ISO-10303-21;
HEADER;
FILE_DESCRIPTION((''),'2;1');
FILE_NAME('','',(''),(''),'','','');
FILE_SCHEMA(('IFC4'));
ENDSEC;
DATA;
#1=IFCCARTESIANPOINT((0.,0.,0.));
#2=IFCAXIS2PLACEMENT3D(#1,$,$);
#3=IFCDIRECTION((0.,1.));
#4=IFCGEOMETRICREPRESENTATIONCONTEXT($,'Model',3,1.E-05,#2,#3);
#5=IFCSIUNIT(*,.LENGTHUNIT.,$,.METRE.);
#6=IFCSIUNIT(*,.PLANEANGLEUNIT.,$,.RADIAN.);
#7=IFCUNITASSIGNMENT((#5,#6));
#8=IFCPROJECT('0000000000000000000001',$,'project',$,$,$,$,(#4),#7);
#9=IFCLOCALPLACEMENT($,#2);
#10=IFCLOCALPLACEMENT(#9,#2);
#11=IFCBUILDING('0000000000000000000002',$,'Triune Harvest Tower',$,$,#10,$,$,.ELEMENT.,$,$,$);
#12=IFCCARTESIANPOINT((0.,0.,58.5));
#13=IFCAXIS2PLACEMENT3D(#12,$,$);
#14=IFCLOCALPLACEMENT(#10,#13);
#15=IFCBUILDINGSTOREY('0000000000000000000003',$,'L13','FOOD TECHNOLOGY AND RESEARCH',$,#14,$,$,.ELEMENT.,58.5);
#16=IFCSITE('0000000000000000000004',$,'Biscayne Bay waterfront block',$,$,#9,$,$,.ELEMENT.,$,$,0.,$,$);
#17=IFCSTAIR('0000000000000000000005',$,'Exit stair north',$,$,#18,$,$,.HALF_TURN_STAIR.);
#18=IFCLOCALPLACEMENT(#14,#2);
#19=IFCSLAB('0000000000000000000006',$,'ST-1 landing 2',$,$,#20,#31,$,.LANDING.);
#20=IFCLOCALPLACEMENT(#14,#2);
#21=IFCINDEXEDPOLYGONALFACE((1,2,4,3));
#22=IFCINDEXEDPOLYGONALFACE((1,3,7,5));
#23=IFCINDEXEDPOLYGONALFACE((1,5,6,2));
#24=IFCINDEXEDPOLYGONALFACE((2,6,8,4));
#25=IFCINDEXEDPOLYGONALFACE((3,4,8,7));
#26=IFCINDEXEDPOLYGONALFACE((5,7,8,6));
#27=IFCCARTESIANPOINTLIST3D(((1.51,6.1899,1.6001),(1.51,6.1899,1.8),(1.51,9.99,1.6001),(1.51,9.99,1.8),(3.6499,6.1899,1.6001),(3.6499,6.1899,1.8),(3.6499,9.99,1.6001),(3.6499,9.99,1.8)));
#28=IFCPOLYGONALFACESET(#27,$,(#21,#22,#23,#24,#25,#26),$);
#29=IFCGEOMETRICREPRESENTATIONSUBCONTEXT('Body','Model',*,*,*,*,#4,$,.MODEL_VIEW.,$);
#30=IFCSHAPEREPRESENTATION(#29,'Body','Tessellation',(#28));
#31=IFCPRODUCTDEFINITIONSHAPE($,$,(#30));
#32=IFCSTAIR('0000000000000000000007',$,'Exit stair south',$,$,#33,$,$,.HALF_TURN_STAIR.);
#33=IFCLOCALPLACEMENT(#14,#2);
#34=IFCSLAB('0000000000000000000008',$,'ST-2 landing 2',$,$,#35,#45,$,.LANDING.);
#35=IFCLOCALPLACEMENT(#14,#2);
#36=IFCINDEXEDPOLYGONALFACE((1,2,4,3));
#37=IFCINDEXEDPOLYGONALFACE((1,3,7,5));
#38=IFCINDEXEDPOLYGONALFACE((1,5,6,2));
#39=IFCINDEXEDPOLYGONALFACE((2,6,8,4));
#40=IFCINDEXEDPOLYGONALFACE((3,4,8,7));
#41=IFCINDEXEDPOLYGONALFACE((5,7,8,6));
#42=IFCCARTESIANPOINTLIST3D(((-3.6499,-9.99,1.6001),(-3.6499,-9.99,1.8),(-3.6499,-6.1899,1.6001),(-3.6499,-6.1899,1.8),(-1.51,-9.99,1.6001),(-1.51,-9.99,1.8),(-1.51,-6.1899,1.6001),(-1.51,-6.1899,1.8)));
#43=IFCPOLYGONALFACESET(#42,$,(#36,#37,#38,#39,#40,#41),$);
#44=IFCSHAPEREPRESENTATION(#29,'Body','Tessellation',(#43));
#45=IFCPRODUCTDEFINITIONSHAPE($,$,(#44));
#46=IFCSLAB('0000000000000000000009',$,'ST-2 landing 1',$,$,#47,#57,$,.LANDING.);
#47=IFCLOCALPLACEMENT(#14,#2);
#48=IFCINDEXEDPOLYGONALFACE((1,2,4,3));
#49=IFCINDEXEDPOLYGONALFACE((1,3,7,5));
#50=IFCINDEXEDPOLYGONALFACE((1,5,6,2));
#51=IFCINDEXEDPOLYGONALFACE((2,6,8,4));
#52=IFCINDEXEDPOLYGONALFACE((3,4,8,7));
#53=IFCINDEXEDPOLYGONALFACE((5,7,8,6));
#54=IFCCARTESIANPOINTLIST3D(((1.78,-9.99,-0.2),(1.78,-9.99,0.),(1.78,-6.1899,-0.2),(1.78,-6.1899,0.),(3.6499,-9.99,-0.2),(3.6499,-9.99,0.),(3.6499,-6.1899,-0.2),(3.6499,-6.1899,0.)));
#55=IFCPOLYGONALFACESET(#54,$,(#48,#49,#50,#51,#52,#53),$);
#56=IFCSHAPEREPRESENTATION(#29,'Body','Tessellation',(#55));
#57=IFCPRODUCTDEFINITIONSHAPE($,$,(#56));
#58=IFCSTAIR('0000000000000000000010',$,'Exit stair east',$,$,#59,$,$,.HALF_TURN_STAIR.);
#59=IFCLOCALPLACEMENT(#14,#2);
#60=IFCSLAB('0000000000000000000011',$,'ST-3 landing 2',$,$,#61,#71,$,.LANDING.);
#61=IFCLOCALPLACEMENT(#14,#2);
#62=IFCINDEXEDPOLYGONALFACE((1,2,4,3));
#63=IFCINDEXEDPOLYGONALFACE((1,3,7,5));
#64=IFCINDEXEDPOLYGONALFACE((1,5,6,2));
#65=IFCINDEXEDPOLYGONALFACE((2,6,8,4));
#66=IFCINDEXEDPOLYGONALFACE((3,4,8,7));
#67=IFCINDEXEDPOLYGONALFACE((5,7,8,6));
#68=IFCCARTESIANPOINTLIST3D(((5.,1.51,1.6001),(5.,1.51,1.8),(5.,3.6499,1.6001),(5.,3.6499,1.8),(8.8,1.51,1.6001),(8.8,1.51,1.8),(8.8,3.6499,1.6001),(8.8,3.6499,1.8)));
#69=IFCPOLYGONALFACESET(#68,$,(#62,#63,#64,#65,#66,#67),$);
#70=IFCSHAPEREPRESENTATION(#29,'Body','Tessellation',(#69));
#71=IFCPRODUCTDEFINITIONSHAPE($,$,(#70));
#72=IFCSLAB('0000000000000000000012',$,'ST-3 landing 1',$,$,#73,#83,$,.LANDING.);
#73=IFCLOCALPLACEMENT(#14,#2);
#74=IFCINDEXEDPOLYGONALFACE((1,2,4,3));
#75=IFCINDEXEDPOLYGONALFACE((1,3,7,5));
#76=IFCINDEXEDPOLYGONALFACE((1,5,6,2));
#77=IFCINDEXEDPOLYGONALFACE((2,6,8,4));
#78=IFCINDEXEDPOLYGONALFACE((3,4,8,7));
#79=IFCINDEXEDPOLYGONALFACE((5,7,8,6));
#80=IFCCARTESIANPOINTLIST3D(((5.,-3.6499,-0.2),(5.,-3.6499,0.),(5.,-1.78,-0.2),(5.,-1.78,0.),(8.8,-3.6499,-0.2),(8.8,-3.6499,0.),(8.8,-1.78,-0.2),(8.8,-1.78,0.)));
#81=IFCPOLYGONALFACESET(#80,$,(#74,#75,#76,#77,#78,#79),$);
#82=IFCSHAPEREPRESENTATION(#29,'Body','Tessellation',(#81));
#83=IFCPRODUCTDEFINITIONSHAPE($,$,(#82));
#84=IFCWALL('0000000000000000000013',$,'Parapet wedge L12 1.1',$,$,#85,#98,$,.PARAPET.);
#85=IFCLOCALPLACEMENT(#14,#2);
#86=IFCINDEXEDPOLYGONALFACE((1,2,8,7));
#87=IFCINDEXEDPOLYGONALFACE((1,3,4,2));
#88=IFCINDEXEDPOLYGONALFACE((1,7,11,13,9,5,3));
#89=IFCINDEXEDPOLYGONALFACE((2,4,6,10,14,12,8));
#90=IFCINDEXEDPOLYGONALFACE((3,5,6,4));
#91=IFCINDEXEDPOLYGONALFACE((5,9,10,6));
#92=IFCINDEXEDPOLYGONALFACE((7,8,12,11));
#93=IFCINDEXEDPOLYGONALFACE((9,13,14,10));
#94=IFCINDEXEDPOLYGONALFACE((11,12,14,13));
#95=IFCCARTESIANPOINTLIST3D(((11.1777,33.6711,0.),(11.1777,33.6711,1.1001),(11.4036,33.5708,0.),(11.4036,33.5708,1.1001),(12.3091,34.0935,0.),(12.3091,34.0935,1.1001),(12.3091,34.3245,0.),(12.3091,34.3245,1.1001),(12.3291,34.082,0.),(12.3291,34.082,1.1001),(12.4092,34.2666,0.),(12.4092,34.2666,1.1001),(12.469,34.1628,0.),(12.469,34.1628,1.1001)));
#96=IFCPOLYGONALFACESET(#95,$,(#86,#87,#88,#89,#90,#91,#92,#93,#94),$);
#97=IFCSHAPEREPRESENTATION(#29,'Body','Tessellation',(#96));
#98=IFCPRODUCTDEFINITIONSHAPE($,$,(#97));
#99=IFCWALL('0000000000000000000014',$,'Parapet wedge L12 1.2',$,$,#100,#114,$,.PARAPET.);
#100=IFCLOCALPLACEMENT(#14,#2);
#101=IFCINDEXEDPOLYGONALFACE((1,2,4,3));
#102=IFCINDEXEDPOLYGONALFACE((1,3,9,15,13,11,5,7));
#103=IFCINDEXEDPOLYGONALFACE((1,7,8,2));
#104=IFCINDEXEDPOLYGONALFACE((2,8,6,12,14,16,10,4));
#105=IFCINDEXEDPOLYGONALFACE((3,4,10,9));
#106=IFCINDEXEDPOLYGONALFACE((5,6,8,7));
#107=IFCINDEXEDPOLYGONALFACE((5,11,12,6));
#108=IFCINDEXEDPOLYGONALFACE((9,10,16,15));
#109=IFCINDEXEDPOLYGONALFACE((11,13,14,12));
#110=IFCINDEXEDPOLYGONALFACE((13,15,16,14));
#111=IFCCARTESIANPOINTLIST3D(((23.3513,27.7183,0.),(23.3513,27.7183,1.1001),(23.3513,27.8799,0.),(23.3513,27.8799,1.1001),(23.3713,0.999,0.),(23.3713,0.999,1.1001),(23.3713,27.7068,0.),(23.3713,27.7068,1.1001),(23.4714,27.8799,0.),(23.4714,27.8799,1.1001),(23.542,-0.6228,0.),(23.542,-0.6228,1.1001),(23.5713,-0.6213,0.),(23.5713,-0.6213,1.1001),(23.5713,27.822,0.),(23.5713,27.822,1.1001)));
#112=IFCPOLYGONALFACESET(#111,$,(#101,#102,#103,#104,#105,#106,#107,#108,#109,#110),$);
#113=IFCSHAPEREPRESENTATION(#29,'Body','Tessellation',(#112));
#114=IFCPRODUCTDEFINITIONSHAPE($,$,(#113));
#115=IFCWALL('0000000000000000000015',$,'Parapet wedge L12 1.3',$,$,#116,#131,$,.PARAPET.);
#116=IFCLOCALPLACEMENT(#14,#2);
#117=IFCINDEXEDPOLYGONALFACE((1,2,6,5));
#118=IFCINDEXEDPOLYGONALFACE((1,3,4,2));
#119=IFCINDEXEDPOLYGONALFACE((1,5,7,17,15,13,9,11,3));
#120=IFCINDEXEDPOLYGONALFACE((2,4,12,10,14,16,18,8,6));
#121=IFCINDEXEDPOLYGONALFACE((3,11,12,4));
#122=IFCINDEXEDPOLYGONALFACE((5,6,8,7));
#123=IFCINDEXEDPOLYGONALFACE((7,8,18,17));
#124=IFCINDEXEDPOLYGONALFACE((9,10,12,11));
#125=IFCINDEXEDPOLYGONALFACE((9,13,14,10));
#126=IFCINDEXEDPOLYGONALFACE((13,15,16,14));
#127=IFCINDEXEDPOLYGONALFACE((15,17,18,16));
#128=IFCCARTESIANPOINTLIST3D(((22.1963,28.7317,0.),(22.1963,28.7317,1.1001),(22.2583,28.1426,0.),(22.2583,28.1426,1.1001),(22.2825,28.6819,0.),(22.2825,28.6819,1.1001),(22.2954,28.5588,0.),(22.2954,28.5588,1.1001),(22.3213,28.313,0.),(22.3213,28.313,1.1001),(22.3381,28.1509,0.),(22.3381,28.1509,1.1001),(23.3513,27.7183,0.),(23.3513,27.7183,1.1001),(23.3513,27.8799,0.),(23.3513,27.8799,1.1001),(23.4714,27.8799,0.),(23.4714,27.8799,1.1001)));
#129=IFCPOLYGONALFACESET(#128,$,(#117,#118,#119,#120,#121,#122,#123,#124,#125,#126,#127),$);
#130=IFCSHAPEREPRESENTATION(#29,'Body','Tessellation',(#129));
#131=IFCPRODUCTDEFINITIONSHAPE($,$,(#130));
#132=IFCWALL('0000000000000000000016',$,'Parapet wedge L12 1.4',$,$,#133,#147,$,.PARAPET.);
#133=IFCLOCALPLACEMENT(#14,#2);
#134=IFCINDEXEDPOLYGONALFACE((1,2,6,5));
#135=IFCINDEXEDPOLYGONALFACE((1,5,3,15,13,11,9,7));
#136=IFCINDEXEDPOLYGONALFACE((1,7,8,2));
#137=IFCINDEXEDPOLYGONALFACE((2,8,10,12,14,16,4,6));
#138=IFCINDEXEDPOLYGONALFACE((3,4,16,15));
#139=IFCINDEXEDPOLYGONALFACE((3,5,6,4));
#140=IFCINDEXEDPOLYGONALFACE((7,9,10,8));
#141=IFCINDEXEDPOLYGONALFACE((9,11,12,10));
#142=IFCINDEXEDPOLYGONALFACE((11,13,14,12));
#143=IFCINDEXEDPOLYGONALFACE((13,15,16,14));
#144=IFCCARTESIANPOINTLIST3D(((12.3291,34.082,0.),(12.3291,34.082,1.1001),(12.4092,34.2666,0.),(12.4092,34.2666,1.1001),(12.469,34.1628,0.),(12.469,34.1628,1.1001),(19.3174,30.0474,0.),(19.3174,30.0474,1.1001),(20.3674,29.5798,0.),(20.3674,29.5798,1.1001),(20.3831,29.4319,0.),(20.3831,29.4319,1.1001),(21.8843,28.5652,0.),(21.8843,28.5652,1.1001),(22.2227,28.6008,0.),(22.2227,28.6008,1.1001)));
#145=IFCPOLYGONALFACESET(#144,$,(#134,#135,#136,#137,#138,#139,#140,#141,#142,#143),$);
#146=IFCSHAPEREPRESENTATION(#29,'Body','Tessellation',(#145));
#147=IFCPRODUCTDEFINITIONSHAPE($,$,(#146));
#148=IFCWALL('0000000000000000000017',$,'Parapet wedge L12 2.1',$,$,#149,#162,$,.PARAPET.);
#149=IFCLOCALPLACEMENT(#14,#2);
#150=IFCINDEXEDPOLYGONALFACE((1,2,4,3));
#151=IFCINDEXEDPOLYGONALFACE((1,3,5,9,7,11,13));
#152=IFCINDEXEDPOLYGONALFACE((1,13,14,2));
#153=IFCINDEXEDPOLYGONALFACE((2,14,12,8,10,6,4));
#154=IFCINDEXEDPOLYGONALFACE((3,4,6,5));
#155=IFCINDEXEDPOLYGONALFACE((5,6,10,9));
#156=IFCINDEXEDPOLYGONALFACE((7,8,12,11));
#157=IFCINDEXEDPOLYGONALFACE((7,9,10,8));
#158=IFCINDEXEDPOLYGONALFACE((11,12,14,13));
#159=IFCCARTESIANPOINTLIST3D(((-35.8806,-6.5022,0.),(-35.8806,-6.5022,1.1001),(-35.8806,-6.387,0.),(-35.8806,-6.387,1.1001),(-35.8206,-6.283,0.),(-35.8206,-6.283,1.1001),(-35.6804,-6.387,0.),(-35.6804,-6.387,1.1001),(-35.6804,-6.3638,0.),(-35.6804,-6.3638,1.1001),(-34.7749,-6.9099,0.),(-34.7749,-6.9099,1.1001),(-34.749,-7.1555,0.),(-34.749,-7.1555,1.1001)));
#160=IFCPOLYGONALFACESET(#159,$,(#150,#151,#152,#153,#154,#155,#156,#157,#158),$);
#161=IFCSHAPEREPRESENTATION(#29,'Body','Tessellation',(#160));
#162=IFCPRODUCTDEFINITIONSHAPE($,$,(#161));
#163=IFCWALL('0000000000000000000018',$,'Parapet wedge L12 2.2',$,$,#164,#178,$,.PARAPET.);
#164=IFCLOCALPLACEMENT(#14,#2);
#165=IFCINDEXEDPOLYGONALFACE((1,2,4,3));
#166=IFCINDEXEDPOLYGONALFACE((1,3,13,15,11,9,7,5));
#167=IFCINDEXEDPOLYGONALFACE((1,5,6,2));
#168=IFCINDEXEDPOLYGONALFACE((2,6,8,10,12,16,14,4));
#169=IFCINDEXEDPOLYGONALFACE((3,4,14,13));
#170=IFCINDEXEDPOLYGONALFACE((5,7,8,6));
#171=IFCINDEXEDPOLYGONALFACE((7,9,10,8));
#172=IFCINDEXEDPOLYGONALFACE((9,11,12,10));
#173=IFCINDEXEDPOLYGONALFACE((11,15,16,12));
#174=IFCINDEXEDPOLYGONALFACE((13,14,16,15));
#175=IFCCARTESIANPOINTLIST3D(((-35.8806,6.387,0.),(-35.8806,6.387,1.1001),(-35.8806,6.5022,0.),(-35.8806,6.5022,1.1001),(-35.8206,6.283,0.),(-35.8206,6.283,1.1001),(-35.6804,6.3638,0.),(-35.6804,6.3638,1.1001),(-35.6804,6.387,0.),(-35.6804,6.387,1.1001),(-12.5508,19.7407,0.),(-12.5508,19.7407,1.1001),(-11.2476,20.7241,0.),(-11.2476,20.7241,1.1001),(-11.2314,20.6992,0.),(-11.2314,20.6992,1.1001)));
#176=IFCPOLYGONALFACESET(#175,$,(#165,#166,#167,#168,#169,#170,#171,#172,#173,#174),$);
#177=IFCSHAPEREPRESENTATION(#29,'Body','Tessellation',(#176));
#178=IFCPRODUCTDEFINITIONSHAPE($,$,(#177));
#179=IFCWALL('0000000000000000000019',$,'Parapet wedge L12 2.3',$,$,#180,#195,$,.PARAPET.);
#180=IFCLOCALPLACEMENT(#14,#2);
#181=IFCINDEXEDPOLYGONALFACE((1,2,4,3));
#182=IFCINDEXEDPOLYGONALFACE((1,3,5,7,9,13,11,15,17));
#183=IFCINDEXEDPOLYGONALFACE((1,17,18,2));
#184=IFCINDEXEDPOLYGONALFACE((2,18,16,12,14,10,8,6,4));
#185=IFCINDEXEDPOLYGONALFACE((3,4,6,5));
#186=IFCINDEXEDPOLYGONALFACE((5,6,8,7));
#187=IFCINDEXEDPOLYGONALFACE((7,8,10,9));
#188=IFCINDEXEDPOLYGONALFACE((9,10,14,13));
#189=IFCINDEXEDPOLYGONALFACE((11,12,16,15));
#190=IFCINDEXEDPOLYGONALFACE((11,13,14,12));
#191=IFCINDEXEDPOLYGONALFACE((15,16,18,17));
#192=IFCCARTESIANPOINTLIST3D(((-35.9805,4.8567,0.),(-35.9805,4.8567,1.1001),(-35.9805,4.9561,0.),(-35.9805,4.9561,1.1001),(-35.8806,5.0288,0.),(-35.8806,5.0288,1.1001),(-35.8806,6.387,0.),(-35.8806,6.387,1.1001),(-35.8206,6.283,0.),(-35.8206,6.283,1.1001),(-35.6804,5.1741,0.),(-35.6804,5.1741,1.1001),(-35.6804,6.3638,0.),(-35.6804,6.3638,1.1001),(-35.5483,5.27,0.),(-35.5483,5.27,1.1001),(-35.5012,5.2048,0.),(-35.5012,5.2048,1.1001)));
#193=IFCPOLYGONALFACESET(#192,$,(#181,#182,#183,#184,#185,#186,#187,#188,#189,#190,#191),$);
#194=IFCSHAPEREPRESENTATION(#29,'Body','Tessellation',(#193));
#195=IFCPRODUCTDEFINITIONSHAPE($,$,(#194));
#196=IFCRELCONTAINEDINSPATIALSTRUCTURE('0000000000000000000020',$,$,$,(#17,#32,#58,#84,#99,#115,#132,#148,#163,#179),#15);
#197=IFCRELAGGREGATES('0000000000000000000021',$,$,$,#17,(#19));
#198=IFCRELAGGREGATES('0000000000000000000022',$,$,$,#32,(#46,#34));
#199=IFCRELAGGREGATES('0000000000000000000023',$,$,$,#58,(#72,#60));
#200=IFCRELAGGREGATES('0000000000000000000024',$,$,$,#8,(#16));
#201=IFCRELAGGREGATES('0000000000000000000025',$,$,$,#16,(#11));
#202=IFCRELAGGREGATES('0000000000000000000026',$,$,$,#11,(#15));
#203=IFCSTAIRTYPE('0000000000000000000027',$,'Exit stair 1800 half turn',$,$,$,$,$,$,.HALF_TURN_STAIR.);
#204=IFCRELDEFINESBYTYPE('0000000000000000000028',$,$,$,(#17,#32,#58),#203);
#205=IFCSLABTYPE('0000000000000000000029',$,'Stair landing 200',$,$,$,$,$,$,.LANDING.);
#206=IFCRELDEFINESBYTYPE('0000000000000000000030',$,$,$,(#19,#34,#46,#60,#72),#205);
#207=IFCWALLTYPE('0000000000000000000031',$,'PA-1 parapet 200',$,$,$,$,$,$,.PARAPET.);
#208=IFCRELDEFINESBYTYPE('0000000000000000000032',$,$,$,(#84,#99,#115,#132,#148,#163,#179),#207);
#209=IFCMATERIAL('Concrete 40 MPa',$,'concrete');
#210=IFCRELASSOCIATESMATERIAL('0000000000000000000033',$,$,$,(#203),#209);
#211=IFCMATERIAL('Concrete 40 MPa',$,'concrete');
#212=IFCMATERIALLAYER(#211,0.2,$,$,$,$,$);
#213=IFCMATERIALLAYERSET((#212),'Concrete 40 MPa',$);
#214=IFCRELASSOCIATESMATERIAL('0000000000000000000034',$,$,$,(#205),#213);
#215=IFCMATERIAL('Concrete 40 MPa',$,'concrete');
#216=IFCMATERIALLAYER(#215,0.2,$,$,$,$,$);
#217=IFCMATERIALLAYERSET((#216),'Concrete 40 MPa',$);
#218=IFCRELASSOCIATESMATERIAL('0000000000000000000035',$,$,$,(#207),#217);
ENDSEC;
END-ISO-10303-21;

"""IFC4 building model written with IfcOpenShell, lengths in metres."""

from ifc_helpers import new_model, si_unit, direction, frame, origin, place, context, subcontext, project, spatial, polyline, outline, extrude, source, transform, mapped, material, layer, layer_set, type_object, element, aggregate, save


model = new_model("IFC4")

# Units and contexts
model_context = context("Model", 3, precision=1e-05, world=origin(), true_north=direction((0.0, 1.0)))
body_context = subcontext(model_context, "Body", "Model", "MODEL_VIEW")
ifc_project = project(units=[si_unit("LENGTHUNIT", "METRE"), si_unit("PLANEANGLEUNIT", "RADIAN")], contexts=[model_context])

# Site, building, storey
site_placement = place(None, origin())
site = spatial("IfcSite", under=ifc_project, at=site_placement, Name="Biscayne Bay waterfront block", CompositionType="ELEMENT", RefElevation=0.0)
building_placement = place(site_placement, origin())
building = spatial("IfcBuilding", under=site, at=building_placement, Name="Triune Harvest Tower", CompositionType="ELEMENT")
storey_placement = place(building_placement, frame((0.0, 0.0, 58.5)))
storey = spatial("IfcBuildingStorey", under=building, at=storey_placement, Name="L13", Description="FOOD TECHNOLOGY AND RESEARCH", CompositionType="ELEMENT", Elevation=58.5)

# Stair, slab
ifc_material_1 = material(Name="Concrete 40 MPa", Category="concrete")
stair_type = type_object("IfcStairType", Name="Exit stair 1800 half turn", PredefinedType="HALF_TURN_STAIR", material=ifc_material_1)
stair_1_placement = place(storey_placement, origin())
stair_1 = element("IfcStair", 1, at=stair_1_placement, inside=storey, type_object=stair_type, Name="Exit stair north", PredefinedType="HALF_TURN_STAIR")
ifc_material_2 = material(Name="Concrete 40 MPa", Category="concrete")
ifc_layer_1 = layer(ifc_material_2, 0.2)
ifc_layer_set_1 = layer_set([ifc_layer_1], Name="Concrete 40 MPa")
slab_type = type_object("IfcSlabType", Name="Stair landing 200", PredefinedType="LANDING", material=ifc_layer_set_1)
shared_shape_1 = source(origin(), body_context, "Body", "SweptSolid", [
    extrude(outline(polyline([(1.51, 6.1899), (3.6499, 6.1899), (3.6499, 9.99), (1.51, 9.99), (1.51, 6.1899)])), origin(), (0.0, 0.0, 1.0), 0.2),
])
slab_1_placement = place(storey_placement, frame((0.0, 0.0, 1.6001)))
slab_1 = element("IfcSlab", 2, at=slab_1_placement, type_object=slab_type, Name="ST-1 landing 2", PredefinedType="LANDING", context=body_context, shape_type="MappedRepresentation", body=[
    mapped(shared_shape_1, transform((0.0, 0.0, 0.0), scale=1.0)),
])
aggregate(stair_1, [slab_1])

# Stairs, slabs
stair_2_placement = place(storey_placement, origin())
stair_2 = element("IfcStair", 3, at=stair_2_placement, inside=storey, type_object=stair_type, Name="Exit stair south", PredefinedType="HALF_TURN_STAIR")
shared_shape_2 = source(origin(), body_context, "Body", "SweptSolid", [
    extrude(outline(polyline([(-1.51, -6.1899), (-3.6499, -6.1899), (-3.6499, -9.99), (-1.51, -9.99), (-1.51, -6.1899)])), origin(), (0.0, 0.0, 1.0), 0.2),
])
slab_2_placement = place(storey_placement, frame((0.0, 0.0, 1.6001)))
slab_2 = element("IfcSlab", 4, at=slab_2_placement, type_object=slab_type, Name="ST-2 landing 2", PredefinedType="LANDING", context=body_context, shape_type="MappedRepresentation", body=[
    mapped(shared_shape_2, transform((0.0, 0.0, 0.0), scale=1.0)),
])
shared_shape_3 = source(origin(), body_context, "Body", "SweptSolid", [
    extrude(outline(polyline([(3.6499, -6.1899), (1.78, -6.1899), (1.78, -9.99), (3.6499, -9.99), (3.6499, -6.1899)])), origin(), (0.0, 0.0, 1.0), 0.2),
])
slab_3_placement = place(storey_placement, frame((0.0, 0.0, -0.2)))
slab_3 = element("IfcSlab", 5, at=slab_3_placement, type_object=slab_type, Name="ST-2 landing 1", PredefinedType="LANDING", context=body_context, shape_type="MappedRepresentation", body=[
    mapped(shared_shape_3, transform((0.0, 0.0, 0.0), scale=1.0)),
])
aggregate(stair_2, [slab_3, slab_2])
stair_3_placement = place(storey_placement, origin())
stair_3 = element("IfcStair", 6, at=stair_3_placement, inside=storey, type_object=stair_type, Name="Exit stair east", PredefinedType="HALF_TURN_STAIR")
shared_shape_4 = source(origin(), body_context, "Body", "SweptSolid", [
    extrude(outline(polyline([(8.8, 1.51), (8.8, 3.6499), (5.0, 3.6499), (5.0, 1.51), (8.8, 1.51)])), origin(), (0.0, 0.0, 1.0), 0.2),
])
slab_4_placement = place(storey_placement, frame((0.0, 0.0, 1.6001)))
slab_4 = element("IfcSlab", 7, at=slab_4_placement, type_object=slab_type, Name="ST-3 landing 2", PredefinedType="LANDING", context=body_context, shape_type="MappedRepresentation", body=[
    mapped(shared_shape_4, transform((0.0, 0.0, 0.0), scale=1.0)),
])
shared_shape_5 = source(origin(), body_context, "Body", "SweptSolid", [
    extrude(outline(polyline([(8.8, -3.6499), (8.8, -1.78), (5.0, -1.78), (5.0, -3.6499), (8.8, -3.6499)])), origin(), (0.0, 0.0, 1.0), 0.2),
])
slab_5_placement = place(storey_placement, frame((0.0, 0.0, -0.2)))
slab_5 = element("IfcSlab", 8, at=slab_5_placement, type_object=slab_type, Name="ST-3 landing 1", PredefinedType="LANDING", context=body_context, shape_type="MappedRepresentation", body=[
    mapped(shared_shape_5, transform((0.0, 0.0, 0.0), scale=1.0)),
])
aggregate(stair_3, [slab_5, slab_4])

# Walls
ifc_material_3 = material(Name="Concrete 40 MPa", Category="concrete")
ifc_layer_2 = layer(ifc_material_3, 0.2)
ifc_layer_set_2 = layer_set([ifc_layer_2], Name="Concrete 40 MPa")
wall_type = type_object("IfcWallType", Name="PA-1 parapet 200", PredefinedType="PARAPET", material=ifc_layer_set_2)
wall_1_placement = place(storey_placement, origin())
element("IfcWall", 9, at=wall_1_placement, inside=storey, type_object=wall_type, Name="Parapet wedge L12 1.1", PredefinedType="PARAPET", context=body_context, shape_type="SweptSolid", body=[
    extrude(outline(polyline([(12.3291, 34.082), (12.3091, 34.0935), (11.4036, 33.5708), (11.1777, 33.6711), (12.3091, 34.3245), (12.4092, 34.2666), (12.469, 34.1628), (12.3291, 34.082)])), origin(), (0.0, 0.0, 1.0), 1.1001),
])
wall_2_placement = place(storey_placement, origin())
element("IfcWall", 10, at=wall_2_placement, inside=storey, type_object=wall_type, Name="Parapet wedge L12 1.2", PredefinedType="PARAPET", context=body_context, shape_type="SweptSolid", body=[
    extrude(outline(polyline([(23.5713, -0.6213), (23.542, -0.6228), (23.3713, 0.999), (23.3713, 27.7068), (23.3513, 27.7183), (23.3513, 27.8799), (23.4714, 27.8799), (23.5713, 27.822), (23.5713, -0.6213)])), origin(), (0.0, 0.0, 1.0), 1.1001),
])
wall_3_placement = place(storey_placement, origin())
element("IfcWall", 11, at=wall_3_placement, inside=storey, type_object=wall_type, Name="Parapet wedge L12 1.3", PredefinedType="PARAPET", context=body_context, shape_type="SweptSolid", body=[
    extrude(outline(polyline([(23.3513, 27.7183), (22.3213, 28.313), (22.3381, 28.1509), (22.2583, 28.1426), (22.1963, 28.7317), (22.2825, 28.6819), (22.2954, 28.5588), (23.4714, 27.8799), (23.3513, 27.8799), (23.3513, 27.7183)])), origin(), (0.0, 0.0, 1.0), 1.1001),
])
wall_4_placement = place(storey_placement, origin())
element("IfcWall", 12, at=wall_4_placement, inside=storey, type_object=wall_type, Name="Parapet wedge L12 1.4", PredefinedType="PARAPET", context=body_context, shape_type="SweptSolid", body=[
    extrude(outline(polyline([(20.3831, 29.4319), (20.3674, 29.5798), (19.3174, 30.0474), (12.3291, 34.082), (12.469, 34.1628), (12.4092, 34.2666), (22.2227, 28.6008), (21.8843, 28.5652), (20.3831, 29.4319)])), origin(), (0.0, 0.0, 1.0), 1.1001),
])
wall_5_placement = place(storey_placement, origin())
element("IfcWall", 13, at=wall_5_placement, inside=storey, type_object=wall_type, Name="Parapet wedge L12 2.1", PredefinedType="PARAPET", context=body_context, shape_type="SweptSolid", body=[
    extrude(outline(polyline([(-35.6804, -6.3638), (-35.6804, -6.387), (-34.7749, -6.9099), (-34.749, -7.1555), (-35.8806, -6.5022), (-35.8806, -6.387), (-35.8206, -6.283), (-35.6804, -6.3638)])), origin(), (0.0, 0.0, 1.0), 1.1001),
])
wall_6_placement = place(storey_placement, origin())
element("IfcWall", 14, at=wall_6_placement, inside=storey, type_object=wall_type, Name="Parapet wedge L12 2.2", PredefinedType="PARAPET", context=body_context, shape_type="SweptSolid", body=[
    extrude(outline(polyline([(-11.2476, 20.7241), (-11.2314, 20.6992), (-12.5508, 19.7407), (-35.6804, 6.387), (-35.6804, 6.3638), (-35.8206, 6.283), (-35.8806, 6.387), (-35.8806, 6.5022), (-11.2476, 20.7241)])), origin(), (0.0, 0.0, 1.0), 1.1001),
])
wall_7_placement = place(storey_placement, origin())
element("IfcWall", 15, at=wall_7_placement, inside=storey, type_object=wall_type, Name="Parapet wedge L12 2.3", PredefinedType="PARAPET", context=body_context, shape_type="SweptSolid", body=[
    extrude(outline(polyline([(-35.5012, 5.2048), (-35.9805, 4.8567), (-35.9805, 4.9561), (-35.8806, 5.0288), (-35.8806, 6.387), (-35.8206, 6.283), (-35.6804, 6.3638), (-35.6804, 5.1741), (-35.5483, 5.27), (-35.5012, 5.2048)])), origin(), (0.0, 0.0, 1.0), 1.1001),
])

save(model, "model.ifc")
